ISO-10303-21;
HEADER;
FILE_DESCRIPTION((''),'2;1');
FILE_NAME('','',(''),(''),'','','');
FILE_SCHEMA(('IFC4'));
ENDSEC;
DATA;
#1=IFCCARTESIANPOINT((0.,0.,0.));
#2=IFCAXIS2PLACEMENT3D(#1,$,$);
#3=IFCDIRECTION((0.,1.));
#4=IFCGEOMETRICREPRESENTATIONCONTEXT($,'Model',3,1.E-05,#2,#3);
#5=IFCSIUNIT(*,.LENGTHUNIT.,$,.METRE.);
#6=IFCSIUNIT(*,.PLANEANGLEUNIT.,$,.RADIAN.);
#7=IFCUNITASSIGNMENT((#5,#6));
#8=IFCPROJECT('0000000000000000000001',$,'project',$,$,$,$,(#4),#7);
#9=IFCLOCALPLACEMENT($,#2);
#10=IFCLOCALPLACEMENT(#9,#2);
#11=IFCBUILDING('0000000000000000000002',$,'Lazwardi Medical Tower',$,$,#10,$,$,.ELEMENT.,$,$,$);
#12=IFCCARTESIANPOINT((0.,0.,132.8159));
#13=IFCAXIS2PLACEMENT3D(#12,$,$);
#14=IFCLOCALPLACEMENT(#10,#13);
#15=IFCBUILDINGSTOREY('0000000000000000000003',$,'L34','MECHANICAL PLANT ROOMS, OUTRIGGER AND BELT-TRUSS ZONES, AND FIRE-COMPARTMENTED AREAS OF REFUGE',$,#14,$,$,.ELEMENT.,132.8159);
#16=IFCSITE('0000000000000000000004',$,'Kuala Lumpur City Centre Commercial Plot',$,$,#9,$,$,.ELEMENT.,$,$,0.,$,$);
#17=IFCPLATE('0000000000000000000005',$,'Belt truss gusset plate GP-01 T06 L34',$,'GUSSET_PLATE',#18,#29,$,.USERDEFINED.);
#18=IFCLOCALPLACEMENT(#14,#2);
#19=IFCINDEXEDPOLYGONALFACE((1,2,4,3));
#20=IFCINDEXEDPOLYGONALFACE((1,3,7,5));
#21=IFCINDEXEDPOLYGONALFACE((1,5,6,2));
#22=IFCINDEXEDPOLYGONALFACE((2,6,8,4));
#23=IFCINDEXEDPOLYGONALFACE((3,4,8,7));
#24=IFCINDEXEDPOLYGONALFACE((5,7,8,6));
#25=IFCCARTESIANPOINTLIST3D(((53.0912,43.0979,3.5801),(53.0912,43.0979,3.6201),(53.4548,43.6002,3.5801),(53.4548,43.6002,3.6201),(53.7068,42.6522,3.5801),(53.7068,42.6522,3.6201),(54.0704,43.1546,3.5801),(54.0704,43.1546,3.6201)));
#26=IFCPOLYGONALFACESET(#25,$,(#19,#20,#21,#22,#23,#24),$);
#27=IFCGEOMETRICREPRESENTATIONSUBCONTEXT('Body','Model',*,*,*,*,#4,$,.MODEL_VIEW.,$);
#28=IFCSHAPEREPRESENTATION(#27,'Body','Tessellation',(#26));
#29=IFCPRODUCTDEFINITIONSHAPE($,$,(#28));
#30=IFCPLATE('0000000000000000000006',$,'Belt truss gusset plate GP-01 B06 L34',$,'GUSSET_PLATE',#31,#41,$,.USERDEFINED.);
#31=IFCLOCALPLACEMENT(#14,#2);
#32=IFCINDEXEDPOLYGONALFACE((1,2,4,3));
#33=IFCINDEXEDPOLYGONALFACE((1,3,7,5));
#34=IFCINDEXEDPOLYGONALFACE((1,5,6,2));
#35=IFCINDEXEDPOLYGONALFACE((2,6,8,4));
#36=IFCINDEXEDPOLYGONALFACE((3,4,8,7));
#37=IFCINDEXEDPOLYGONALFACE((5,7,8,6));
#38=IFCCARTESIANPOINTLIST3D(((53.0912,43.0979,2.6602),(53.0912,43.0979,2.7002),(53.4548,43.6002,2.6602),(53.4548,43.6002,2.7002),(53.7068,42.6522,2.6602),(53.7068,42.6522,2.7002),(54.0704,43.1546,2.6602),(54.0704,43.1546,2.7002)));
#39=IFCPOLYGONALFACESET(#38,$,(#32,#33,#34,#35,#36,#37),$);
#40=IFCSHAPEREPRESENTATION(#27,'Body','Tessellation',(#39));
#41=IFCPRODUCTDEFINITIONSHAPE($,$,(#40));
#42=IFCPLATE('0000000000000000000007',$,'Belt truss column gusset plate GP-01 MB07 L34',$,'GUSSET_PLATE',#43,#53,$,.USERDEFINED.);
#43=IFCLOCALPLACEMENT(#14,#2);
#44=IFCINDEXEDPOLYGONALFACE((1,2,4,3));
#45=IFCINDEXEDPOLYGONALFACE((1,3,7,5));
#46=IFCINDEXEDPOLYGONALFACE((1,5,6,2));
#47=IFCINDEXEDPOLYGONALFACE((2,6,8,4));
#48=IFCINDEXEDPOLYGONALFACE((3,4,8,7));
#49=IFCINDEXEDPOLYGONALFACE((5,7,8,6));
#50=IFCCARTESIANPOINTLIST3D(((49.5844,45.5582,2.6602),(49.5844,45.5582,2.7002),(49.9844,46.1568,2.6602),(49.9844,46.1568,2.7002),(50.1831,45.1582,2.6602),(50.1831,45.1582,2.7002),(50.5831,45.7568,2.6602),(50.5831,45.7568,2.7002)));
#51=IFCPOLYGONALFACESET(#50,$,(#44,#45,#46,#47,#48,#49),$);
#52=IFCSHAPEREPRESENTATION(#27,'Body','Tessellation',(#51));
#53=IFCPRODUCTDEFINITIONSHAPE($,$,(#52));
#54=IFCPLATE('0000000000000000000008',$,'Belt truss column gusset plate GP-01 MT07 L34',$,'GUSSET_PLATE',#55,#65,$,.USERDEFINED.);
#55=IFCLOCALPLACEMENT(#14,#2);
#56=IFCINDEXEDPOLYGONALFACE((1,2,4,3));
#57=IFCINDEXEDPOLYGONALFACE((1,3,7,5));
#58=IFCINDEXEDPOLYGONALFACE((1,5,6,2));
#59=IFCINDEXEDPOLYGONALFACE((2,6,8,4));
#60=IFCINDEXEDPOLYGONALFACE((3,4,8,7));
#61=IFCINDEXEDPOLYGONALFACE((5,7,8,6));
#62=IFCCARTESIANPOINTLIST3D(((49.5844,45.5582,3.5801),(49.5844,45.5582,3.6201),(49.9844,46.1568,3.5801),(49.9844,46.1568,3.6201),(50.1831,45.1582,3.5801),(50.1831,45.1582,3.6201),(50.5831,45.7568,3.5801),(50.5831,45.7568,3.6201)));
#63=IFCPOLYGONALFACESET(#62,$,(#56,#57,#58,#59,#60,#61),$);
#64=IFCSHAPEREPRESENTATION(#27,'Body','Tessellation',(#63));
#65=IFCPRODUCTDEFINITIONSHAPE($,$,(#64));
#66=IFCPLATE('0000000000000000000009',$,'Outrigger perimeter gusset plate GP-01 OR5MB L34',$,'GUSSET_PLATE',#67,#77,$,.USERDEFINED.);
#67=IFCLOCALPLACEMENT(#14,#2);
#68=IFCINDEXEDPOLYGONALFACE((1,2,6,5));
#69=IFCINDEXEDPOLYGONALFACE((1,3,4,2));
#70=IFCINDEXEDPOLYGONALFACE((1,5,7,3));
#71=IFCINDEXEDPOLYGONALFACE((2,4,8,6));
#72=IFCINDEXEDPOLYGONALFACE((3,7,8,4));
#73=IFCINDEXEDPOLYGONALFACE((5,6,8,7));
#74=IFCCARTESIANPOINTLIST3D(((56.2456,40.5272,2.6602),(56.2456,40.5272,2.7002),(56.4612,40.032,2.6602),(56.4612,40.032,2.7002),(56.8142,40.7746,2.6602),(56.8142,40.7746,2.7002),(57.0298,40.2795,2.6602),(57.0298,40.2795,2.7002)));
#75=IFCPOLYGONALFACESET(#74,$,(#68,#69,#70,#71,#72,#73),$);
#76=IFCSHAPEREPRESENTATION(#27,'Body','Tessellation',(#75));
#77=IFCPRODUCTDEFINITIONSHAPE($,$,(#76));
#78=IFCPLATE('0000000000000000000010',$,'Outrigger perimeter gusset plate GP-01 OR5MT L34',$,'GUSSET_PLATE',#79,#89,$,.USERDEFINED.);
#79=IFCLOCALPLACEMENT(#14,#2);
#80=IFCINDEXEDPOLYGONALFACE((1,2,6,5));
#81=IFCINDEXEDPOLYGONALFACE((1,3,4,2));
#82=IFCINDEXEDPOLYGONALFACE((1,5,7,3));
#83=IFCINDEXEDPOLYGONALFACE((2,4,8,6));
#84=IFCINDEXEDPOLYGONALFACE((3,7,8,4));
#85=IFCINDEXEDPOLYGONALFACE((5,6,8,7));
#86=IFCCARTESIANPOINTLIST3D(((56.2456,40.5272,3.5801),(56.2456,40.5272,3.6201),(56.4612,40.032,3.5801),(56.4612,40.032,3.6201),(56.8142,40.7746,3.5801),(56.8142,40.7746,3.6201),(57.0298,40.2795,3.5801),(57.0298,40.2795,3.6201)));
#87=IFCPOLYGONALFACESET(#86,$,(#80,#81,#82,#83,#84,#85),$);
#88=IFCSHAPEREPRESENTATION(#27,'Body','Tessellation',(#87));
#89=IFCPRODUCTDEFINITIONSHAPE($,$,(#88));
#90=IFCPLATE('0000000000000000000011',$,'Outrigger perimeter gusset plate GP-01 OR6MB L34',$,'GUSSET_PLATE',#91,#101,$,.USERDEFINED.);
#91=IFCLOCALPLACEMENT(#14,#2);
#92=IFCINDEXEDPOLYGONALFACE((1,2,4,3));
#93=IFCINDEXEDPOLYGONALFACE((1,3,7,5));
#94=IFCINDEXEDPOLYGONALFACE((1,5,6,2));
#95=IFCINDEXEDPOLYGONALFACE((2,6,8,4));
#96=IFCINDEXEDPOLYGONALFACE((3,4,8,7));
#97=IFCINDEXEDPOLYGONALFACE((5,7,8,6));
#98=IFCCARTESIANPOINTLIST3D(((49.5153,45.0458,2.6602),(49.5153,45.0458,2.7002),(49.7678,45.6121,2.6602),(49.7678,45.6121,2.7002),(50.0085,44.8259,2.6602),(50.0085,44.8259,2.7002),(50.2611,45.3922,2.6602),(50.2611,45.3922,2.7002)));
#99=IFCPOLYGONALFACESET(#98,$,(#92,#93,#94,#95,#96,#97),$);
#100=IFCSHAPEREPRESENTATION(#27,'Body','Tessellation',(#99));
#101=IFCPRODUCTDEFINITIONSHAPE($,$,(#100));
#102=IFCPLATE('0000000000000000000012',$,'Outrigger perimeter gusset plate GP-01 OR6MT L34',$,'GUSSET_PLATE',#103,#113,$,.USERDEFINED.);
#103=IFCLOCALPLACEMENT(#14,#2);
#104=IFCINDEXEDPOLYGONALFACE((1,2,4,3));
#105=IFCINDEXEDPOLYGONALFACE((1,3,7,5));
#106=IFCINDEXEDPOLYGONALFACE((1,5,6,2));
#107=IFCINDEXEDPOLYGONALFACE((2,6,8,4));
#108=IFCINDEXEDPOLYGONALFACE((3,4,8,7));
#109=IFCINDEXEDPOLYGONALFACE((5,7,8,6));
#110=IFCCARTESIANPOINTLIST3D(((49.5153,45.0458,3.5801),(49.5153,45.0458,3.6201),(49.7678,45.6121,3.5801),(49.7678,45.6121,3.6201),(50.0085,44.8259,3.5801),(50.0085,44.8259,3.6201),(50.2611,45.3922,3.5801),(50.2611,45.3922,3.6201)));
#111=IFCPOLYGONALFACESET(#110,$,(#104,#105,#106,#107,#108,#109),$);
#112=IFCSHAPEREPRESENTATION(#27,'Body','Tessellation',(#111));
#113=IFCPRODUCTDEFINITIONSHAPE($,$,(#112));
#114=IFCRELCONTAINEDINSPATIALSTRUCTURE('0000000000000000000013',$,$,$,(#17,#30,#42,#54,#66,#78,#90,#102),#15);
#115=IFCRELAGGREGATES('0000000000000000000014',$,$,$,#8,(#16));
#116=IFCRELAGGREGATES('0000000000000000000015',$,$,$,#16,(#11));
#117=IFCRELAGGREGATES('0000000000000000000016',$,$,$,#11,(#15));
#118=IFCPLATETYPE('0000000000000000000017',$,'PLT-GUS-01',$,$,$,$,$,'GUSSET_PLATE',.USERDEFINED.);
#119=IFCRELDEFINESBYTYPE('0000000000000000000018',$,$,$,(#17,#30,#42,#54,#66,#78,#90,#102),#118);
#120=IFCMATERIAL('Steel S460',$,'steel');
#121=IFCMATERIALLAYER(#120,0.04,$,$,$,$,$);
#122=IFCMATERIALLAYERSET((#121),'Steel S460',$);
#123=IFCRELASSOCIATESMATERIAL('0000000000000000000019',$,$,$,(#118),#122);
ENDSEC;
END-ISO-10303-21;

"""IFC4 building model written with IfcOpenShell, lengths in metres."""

from ifc_helpers import new_model, si_unit, direction, frame, origin, origin_2d, place, context, subcontext, project, spatial, rectangle, extrude, material, layer, layer_set, type_object, element, save


model = new_model("IFC4")

# Units and contexts
model_context = context("Model", 3, precision=1e-05, world=origin(), true_north=direction((0.0, 1.0)))
body_context = subcontext(model_context, "Body", "Model", "MODEL_VIEW")
ifc_project = project(units=[si_unit("LENGTHUNIT", "METRE"), si_unit("PLANEANGLEUNIT", "RADIAN")], contexts=[model_context])

# Site, building, storey
site_placement = place(None, origin())
site = spatial("IfcSite", under=ifc_project, at=site_placement, Name="Kuala Lumpur City Centre Commercial Plot", CompositionType="ELEMENT", RefElevation=0.0)
building_placement = place(site_placement, origin())
building = spatial("IfcBuilding", under=site, at=building_placement, Name="Lazwardi Medical Tower", CompositionType="ELEMENT")
storey_placement = place(building_placement, frame((0.0, 0.0, 132.8159)))
storey = spatial("IfcBuildingStorey", under=building, at=storey_placement, Name="L34", Description="MECHANICAL PLANT ROOMS, OUTRIGGER AND BELT-TRUSS ZONES, AND FIRE-COMPARTMENTED AREAS OF REFUGE", CompositionType="ELEMENT", Elevation=132.8159)

# Shared definitions
ifc_material_1 = material(Name="Steel S460", Category="steel")

# Plates
ifc_layer = layer(ifc_material_1, 0.04)
ifc_layer_set = layer_set([ifc_layer], Name="Steel S460")
plate_type = type_object("IfcPlateType", Name="PLT-GUS-01", ElementType="GUSSET_PLATE", PredefinedType="USERDEFINED", material=ifc_layer_set)
for number, where, z_axis, x_axis, name in (
    (1, (53.5808, 43.1262, 3.5801), (0.0, 0.0, 1.0), (-0.810042, 0.586372, 0.0), "Belt truss gusset plate GP-01 T06 L34"),
    (2, (53.5808, 43.1262, 2.6602), (0.0, 0.0, 1.0), (-0.810042, 0.586372, 0.0), "Belt truss gusset plate GP-01 B06 L34"),
):
    element("IfcPlate", number, at=place(storey_placement, frame(where, z_axis=z_axis, x_axis=x_axis)), inside=storey, type_object=plate_type, Name=name, ObjectType="GUSSET_PLATE", PredefinedType="USERDEFINED", context=body_context, shape_type="SweptSolid", body=[
        extrude(rectangle(XDim=0.76, YDim=0.6201, at=origin_2d()), origin(), (0.0, 0.0, 1.0), 0.04),
    ])
for number, where, z_axis, x_axis, name in (
    (3, (50.0837, 45.6575, 2.6602), (0.0, 0.0, 1.0), (0.55557, 0.83147, 0.0), "Belt truss column gusset plate GP-01 MB07 L34"),
    (4, (50.0837, 45.6575, 3.5801), (0.0, 0.0, 1.0), (0.55557, 0.83147, 0.0), "Belt truss column gusset plate GP-01 MT07 L34"),
):
    element("IfcPlate", number, at=place(storey_placement, frame(where, z_axis=z_axis, x_axis=x_axis)), inside=storey, type_object=plate_type, Name=name, ObjectType="GUSSET_PLATE", PredefinedType="USERDEFINED", context=body_context, shape_type="SweptSolid", body=[
        extrude(rectangle(XDim=0.72, YDim=0.72, at=origin_2d()), origin(), (0.0, 0.0, 1.0), 0.04),
    ])
for number, where, z_axis, x_axis, name in (
    (5, (56.6377, 40.4033, 2.6602), (0.0, 0.0, 1.0), (0.916921, 0.399069, 0.0), "Outrigger perimeter gusset plate GP-01 OR5MB L34"),
    (6, (56.6377, 40.4033, 3.5801), (0.0, 0.0, 1.0), (0.916921, 0.399069, 0.0), "Outrigger perimeter gusset plate GP-01 OR5MT L34"),
    (7, (49.8882, 45.219, 2.6602), (0.0, 0.0, 1.0), (0.407215, 0.913332, 0.0), "Outrigger perimeter gusset plate GP-01 OR6MB L34"),
    (8, (49.8882, 45.219, 3.5801), (0.0, 0.0, 1.0), (0.407215, 0.913332, 0.0), "Outrigger perimeter gusset plate GP-01 OR6MT L34"),
):
    element("IfcPlate", number, at=place(storey_placement, frame(where, z_axis=z_axis, x_axis=x_axis)), inside=storey, type_object=plate_type, Name=name, ObjectType="GUSSET_PLATE", PredefinedType="USERDEFINED", context=body_context, shape_type="SweptSolid", body=[
        extrude(rectangle(XDim=0.6201, YDim=0.54, at=origin_2d()), origin(), (0.0, 0.0, 1.0), 0.04),
    ])

save(model, "model.ifc")
